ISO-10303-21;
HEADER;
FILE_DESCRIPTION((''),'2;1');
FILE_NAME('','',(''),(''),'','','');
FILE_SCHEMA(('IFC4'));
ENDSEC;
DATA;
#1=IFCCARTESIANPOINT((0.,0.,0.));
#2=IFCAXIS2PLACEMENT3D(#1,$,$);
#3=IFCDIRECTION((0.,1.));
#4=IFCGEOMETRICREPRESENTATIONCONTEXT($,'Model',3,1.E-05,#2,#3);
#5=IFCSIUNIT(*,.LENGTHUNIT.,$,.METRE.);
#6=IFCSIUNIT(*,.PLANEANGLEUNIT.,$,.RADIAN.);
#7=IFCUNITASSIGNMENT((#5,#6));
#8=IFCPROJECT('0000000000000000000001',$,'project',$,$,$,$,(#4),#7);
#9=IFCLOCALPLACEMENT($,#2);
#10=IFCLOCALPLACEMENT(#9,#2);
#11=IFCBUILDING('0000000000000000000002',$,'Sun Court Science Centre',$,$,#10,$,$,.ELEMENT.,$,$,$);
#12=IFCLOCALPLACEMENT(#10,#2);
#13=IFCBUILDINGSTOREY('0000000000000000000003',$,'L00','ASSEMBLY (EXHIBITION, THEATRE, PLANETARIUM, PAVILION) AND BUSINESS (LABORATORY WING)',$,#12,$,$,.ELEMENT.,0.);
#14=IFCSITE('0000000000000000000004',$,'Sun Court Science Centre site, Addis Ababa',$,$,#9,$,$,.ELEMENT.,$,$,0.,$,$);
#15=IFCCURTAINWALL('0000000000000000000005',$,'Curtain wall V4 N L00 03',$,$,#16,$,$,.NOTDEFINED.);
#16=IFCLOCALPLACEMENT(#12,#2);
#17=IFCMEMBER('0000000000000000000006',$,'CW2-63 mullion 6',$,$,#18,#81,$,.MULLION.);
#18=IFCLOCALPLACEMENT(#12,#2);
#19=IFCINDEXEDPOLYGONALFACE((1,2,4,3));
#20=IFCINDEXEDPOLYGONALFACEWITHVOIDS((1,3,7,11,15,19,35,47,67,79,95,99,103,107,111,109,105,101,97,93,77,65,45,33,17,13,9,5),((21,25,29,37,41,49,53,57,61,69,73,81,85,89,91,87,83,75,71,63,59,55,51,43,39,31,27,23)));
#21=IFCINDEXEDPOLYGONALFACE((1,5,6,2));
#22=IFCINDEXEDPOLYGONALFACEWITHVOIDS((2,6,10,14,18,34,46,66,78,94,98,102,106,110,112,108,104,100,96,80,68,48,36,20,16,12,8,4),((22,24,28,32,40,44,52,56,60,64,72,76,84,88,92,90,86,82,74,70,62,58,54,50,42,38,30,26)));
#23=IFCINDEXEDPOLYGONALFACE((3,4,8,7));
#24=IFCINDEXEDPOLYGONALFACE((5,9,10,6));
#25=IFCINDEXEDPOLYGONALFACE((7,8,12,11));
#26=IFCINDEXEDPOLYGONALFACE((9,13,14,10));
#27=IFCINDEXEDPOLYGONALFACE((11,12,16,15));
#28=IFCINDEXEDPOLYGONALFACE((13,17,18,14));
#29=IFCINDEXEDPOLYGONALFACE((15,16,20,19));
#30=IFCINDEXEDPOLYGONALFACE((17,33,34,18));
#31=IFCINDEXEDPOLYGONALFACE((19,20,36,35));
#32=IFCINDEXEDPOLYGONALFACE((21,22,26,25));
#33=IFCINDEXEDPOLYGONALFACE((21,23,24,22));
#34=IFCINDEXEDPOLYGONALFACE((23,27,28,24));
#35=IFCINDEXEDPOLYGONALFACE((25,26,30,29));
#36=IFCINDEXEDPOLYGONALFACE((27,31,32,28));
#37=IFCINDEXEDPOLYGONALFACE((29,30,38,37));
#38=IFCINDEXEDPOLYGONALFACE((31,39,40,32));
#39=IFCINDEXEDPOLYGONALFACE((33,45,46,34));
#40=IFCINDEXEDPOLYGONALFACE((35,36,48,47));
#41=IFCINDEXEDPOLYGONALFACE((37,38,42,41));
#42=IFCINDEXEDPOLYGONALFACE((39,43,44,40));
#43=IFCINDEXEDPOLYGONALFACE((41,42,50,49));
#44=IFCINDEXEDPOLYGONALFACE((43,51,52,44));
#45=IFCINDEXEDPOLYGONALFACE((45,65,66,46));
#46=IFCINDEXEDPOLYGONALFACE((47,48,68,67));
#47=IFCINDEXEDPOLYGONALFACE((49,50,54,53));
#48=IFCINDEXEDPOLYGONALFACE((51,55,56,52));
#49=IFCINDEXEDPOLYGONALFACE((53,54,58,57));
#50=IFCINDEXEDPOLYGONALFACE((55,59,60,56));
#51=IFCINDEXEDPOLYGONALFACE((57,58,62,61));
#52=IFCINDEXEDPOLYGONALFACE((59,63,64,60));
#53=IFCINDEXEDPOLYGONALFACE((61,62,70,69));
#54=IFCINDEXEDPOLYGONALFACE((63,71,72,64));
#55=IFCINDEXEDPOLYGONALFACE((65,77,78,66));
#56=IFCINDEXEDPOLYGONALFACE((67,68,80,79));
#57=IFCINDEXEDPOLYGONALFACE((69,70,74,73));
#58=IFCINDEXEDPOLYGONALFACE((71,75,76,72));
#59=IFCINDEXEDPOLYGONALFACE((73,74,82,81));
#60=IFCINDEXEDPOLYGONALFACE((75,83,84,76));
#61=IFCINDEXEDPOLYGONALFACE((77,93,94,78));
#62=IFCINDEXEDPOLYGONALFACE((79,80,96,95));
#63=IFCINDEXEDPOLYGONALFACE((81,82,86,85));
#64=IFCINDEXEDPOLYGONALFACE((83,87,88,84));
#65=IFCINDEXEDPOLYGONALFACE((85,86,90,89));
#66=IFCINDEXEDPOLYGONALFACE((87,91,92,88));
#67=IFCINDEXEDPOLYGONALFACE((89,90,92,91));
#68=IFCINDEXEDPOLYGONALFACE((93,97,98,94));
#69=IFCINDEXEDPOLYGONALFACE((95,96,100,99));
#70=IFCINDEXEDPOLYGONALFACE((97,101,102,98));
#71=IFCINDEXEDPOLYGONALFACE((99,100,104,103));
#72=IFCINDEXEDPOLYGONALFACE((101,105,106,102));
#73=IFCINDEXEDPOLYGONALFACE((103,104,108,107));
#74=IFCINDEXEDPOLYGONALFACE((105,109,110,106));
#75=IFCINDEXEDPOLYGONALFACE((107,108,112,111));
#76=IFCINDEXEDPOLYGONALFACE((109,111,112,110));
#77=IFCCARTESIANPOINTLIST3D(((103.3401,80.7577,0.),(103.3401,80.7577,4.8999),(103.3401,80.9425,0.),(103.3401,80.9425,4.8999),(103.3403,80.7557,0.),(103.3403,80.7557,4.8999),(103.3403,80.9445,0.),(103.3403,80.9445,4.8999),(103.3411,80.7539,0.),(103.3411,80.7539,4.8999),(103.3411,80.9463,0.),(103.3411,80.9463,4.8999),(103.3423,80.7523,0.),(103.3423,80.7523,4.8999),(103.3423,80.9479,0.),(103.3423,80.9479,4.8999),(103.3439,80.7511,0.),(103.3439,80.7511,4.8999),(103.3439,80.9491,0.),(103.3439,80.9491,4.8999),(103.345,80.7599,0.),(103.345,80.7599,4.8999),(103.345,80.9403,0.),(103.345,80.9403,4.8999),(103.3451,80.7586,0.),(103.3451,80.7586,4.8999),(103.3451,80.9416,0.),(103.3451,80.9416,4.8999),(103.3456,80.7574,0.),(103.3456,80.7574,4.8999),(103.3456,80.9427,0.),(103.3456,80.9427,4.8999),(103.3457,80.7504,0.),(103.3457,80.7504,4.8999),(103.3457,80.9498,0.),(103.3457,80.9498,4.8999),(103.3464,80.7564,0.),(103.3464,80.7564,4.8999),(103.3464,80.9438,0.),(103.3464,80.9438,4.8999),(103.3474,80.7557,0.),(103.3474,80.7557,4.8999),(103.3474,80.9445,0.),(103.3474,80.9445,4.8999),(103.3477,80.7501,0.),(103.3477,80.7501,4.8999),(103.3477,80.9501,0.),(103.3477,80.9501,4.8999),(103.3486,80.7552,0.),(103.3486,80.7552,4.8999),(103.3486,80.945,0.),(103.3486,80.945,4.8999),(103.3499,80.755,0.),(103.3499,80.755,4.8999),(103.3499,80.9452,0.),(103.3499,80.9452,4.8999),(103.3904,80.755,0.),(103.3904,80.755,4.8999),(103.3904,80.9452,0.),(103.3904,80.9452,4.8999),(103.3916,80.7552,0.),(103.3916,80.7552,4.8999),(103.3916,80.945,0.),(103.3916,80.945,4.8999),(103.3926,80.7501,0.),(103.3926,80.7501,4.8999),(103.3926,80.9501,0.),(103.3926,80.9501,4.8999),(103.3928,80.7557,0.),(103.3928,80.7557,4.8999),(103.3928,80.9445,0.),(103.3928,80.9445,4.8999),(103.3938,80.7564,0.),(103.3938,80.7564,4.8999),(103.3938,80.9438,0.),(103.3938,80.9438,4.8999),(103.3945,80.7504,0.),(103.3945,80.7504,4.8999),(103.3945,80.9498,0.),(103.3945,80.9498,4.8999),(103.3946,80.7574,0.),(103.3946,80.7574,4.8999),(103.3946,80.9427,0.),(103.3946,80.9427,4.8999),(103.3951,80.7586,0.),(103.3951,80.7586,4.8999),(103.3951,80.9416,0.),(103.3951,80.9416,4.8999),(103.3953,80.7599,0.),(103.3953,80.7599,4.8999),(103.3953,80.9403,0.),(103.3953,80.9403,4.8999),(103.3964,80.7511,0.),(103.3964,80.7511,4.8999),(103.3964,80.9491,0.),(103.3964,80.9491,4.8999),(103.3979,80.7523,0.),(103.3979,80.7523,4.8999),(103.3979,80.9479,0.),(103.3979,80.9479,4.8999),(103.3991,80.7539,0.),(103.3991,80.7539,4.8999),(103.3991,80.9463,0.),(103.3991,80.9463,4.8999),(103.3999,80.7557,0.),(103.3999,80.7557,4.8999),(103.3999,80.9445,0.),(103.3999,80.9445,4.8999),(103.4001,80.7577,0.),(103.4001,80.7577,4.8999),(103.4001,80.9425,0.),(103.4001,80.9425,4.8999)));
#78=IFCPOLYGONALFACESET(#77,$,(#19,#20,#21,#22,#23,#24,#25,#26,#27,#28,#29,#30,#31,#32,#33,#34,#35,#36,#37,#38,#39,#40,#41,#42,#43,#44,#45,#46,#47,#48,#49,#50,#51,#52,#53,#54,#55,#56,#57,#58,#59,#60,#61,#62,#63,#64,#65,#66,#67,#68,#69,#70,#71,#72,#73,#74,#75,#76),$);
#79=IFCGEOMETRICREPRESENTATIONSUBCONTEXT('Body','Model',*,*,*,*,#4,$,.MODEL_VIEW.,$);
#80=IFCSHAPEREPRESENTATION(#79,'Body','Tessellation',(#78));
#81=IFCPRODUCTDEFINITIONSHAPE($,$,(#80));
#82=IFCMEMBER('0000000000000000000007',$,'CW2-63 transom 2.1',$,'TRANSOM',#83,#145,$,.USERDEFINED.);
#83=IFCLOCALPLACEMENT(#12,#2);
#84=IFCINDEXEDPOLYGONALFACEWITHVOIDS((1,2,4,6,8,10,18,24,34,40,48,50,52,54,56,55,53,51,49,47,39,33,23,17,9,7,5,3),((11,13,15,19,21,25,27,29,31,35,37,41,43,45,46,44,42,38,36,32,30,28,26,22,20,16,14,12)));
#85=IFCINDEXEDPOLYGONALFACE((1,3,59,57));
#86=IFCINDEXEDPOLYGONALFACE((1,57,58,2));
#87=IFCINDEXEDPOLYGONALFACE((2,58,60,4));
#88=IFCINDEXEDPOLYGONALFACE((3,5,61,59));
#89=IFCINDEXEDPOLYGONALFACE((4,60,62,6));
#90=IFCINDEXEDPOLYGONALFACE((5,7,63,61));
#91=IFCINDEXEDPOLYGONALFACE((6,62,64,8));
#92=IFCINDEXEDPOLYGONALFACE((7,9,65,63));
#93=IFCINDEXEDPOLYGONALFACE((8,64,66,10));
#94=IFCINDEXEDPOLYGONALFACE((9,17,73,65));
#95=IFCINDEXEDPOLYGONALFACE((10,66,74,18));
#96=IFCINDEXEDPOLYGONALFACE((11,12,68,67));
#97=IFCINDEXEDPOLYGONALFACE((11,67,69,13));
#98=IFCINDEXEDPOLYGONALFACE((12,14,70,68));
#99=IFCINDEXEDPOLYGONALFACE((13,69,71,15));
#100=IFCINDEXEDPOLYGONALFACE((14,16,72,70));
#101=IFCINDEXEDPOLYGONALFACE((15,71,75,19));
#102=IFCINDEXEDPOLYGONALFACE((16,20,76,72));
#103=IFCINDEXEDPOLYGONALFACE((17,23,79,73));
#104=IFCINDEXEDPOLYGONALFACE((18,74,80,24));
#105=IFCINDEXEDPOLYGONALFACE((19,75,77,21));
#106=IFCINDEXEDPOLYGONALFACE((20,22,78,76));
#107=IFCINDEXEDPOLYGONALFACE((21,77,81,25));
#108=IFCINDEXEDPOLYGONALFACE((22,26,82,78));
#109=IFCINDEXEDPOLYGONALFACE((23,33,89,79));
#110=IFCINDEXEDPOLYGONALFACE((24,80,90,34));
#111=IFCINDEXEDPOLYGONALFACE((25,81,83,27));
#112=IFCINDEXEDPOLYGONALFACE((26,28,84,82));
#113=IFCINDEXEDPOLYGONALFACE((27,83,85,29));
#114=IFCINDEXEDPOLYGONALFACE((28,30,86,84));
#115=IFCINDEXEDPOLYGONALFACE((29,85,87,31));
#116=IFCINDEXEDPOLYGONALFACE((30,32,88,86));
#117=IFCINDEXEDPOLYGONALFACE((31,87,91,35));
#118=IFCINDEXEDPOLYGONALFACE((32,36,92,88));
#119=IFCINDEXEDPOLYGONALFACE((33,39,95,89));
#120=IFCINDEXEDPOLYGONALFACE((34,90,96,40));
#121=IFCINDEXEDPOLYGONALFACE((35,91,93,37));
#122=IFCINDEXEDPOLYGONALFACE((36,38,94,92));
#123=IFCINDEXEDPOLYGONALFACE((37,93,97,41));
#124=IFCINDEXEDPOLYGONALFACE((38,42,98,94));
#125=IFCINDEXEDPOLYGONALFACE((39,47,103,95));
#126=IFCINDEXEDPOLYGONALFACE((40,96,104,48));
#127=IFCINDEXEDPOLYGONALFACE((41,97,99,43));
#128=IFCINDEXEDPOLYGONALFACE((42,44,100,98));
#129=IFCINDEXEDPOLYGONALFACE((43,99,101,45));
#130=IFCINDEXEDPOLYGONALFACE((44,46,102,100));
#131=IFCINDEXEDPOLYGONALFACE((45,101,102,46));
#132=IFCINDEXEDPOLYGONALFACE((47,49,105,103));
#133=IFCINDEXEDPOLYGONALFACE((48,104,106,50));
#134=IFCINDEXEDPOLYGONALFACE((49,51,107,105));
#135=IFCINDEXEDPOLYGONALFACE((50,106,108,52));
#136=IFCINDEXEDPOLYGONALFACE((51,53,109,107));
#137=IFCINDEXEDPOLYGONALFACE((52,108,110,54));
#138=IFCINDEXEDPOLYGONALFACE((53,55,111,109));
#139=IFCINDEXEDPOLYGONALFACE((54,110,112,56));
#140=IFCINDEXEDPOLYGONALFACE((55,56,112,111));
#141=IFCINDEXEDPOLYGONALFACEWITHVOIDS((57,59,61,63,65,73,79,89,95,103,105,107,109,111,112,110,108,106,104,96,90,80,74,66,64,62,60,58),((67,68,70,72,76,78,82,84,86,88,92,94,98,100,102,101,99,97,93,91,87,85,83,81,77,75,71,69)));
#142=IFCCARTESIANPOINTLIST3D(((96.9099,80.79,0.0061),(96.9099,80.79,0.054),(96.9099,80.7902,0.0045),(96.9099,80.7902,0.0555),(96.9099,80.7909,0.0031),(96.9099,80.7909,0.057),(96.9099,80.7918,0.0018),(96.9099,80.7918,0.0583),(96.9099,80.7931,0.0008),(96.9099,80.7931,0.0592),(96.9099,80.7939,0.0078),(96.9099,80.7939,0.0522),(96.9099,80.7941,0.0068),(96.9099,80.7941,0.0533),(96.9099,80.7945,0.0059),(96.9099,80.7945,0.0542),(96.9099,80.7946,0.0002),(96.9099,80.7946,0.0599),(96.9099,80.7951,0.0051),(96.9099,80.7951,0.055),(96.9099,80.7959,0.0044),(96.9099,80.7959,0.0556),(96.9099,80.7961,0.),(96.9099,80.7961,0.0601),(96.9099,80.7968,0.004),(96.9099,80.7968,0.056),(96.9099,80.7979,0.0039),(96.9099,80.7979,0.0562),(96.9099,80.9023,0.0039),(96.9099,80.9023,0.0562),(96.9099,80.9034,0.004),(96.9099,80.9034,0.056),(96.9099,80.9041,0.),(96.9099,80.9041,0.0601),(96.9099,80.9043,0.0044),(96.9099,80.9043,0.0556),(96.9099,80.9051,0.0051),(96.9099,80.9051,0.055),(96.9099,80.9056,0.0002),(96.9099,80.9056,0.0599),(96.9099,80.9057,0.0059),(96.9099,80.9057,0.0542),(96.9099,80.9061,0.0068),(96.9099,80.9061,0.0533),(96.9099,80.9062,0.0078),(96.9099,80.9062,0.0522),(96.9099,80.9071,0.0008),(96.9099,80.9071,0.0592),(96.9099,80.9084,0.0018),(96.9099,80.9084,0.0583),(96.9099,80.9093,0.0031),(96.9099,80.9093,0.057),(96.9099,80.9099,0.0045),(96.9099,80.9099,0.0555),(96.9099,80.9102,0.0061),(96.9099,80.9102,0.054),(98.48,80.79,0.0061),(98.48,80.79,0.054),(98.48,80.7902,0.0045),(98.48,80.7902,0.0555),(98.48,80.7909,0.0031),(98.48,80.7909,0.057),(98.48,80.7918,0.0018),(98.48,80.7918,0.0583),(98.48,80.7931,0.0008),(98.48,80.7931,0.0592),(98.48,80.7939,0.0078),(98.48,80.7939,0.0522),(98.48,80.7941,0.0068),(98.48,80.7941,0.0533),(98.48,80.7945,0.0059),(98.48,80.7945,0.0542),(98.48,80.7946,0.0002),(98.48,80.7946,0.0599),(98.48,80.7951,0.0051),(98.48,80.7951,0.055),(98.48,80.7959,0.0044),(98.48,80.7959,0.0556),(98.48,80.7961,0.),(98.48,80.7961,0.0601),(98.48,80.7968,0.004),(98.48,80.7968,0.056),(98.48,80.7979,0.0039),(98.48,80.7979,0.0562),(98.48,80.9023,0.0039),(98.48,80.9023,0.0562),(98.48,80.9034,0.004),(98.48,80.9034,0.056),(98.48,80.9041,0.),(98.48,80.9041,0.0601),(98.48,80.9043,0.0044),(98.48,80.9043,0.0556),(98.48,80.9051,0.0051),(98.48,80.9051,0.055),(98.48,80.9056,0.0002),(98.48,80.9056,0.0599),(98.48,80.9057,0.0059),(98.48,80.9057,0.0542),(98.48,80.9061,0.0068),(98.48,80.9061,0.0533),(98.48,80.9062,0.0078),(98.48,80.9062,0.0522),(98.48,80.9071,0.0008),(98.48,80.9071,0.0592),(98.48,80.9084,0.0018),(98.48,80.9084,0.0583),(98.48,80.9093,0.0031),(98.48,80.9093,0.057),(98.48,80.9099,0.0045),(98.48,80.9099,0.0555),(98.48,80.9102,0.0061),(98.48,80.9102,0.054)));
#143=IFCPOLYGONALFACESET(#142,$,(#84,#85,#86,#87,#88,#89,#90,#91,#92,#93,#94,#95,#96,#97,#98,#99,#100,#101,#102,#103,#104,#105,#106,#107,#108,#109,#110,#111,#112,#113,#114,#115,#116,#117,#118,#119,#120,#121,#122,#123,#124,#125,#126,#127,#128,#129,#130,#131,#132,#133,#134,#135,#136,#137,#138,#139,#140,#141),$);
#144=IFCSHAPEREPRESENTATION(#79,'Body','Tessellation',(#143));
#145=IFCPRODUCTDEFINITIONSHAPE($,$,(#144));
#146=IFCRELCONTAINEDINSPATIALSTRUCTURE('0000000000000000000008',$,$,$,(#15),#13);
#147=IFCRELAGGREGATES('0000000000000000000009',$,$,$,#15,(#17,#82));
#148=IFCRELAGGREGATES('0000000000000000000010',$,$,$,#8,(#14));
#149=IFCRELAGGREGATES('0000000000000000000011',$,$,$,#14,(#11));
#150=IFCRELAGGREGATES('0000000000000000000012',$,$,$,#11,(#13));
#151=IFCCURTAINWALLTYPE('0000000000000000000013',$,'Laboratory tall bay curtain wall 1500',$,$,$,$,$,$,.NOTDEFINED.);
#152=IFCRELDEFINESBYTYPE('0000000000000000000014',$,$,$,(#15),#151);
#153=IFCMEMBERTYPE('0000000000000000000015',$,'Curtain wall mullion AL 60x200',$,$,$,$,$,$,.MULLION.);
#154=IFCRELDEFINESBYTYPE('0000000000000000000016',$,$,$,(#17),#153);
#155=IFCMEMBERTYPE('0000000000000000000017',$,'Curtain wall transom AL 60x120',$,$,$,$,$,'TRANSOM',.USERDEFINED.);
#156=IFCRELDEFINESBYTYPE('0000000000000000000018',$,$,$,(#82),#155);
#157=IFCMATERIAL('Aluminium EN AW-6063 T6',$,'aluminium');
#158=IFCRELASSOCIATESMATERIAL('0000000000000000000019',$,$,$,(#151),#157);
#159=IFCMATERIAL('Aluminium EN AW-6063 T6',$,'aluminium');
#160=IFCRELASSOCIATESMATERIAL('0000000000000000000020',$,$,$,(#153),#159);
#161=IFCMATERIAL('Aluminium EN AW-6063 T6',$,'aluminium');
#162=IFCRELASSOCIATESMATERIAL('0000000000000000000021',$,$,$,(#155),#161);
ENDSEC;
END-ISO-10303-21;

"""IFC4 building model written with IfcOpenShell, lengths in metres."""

from ifc_helpers import new_model, si_unit, direction, frame, origin, origin_2d, place, context, subcontext, project, spatial, hollow_rectangle, extrude, material, material_profile, profile_set, type_object, element, aggregate, save


model = new_model("IFC4")

# Units and contexts
model_context = context("Model", 3, precision=1e-05, world=origin(), true_north=direction((0.0, 1.0)))
body_context = subcontext(model_context, "Body", "Model", "MODEL_VIEW")
ifc_project = project(units=[si_unit("LENGTHUNIT", "METRE"), si_unit("PLANEANGLEUNIT", "RADIAN")], contexts=[model_context])

# Site, building, storey
site_placement = place(None, origin())
site = spatial("IfcSite", under=ifc_project, at=site_placement, Name="Sun Court Science Centre site, Addis Ababa", CompositionType="ELEMENT", RefElevation=0.0)
building_placement = place(site_placement, origin())
building = spatial("IfcBuilding", under=site, at=building_placement, Name="Sun Court Science Centre", CompositionType="ELEMENT")
storey_placement = place(building_placement, origin())
storey = spatial("IfcBuildingStorey", under=building, at=storey_placement, Name="L00", Description="ASSEMBLY (EXHIBITION, THEATRE, PLANETARIUM, PAVILION) AND BUSINESS (LABORATORY WING)", CompositionType="ELEMENT", Elevation=0.0)

# Curtain wall, members
ifc_material_1 = material(Name="Aluminium EN AW-6063 T6", Category="aluminium")
curtain_wall_type = type_object("IfcCurtainWallType", Name="Laboratory tall bay curtain wall 1500", PredefinedType="NOTDEFINED", material=ifc_material_1)
curtain_wall_placement = place(storey_placement, origin())
curtain_wall = element("IfcCurtainWall", 1, at=curtain_wall_placement, inside=storey, type_object=curtain_wall_type, Name="Curtain wall V4 N L00 03", PredefinedType="NOTDEFINED")
ifc_material_2 = material(Name="Aluminium EN AW-6063 T6", Category="aluminium")
ifc_material_profile_1 = material_profile(ifc_material_2, hollow_rectangle(XDim=0.0601, YDim=0.2, WallThickness=0.0049, InnerFilletRadius=0.0049, OuterFilletRadius=0.0076, at=origin_2d()), Name="AL 60x200x5")
ifc_profile_set_1 = profile_set([ifc_material_profile_1], Name="Aluminium EN AW-6063 T6")
member_type_1 = type_object("IfcMemberType", Name="Curtain wall mullion AL 60x200", PredefinedType="MULLION", material=ifc_profile_set_1)
member_1_placement = place(storey_placement, frame((103.3701, 80.8501, 0.0), z_axis=(0.0, 0.0, 1.0), x_axis=(1.0, 0.0, 0.0)))
member_1 = element("IfcMember", 2, at=member_1_placement, type_object=member_type_1, Name="CW2-63 mullion 6", PredefinedType="MULLION", context=body_context, shape_type="SweptSolid", body=[
    extrude(hollow_rectangle(XDim=0.0601, YDim=0.2, WallThickness=0.0049, InnerFilletRadius=0.0049, OuterFilletRadius=0.0076, at=origin_2d()), origin(), (0.0, 0.0, 1.0), 4.8999),
])
ifc_material_3 = material(Name="Aluminium EN AW-6063 T6", Category="aluminium")
ifc_material_profile_2 = material_profile(ifc_material_3, hollow_rectangle(XDim=0.0601, YDim=0.1201, WallThickness=0.0039, InnerFilletRadius=0.0039, OuterFilletRadius=0.0061, at=origin_2d()), Name="AL 60x120x4")
ifc_profile_set_2 = profile_set([ifc_material_profile_2], Name="Aluminium EN AW-6063 T6")
member_type_2 = type_object("IfcMemberType", Name="Curtain wall transom AL 60x120", ElementType="TRANSOM", PredefinedType="USERDEFINED", material=ifc_profile_set_2)
member_2_placement = place(storey_placement, frame((96.9099, 80.8501, 0.03), z_axis=(1.0, 0.0, 0.0), x_axis=(0.0, 0.0, 1.0)))
member_2 = element("IfcMember", 3, at=member_2_placement, type_object=member_type_2, Name="CW2-63 transom 2.1", ObjectType="TRANSOM", PredefinedType="USERDEFINED", context=body_context, shape_type="SweptSolid", body=[
    extrude(hollow_rectangle(XDim=0.0601, YDim=0.1201, WallThickness=0.0039, InnerFilletRadius=0.0039, OuterFilletRadius=0.0061, at=origin_2d()), origin(), (0.0, 0.0, 1.0), 1.5701),
])
aggregate(curtain_wall, [member_1, member_2])

save(model, "model.ifc")
